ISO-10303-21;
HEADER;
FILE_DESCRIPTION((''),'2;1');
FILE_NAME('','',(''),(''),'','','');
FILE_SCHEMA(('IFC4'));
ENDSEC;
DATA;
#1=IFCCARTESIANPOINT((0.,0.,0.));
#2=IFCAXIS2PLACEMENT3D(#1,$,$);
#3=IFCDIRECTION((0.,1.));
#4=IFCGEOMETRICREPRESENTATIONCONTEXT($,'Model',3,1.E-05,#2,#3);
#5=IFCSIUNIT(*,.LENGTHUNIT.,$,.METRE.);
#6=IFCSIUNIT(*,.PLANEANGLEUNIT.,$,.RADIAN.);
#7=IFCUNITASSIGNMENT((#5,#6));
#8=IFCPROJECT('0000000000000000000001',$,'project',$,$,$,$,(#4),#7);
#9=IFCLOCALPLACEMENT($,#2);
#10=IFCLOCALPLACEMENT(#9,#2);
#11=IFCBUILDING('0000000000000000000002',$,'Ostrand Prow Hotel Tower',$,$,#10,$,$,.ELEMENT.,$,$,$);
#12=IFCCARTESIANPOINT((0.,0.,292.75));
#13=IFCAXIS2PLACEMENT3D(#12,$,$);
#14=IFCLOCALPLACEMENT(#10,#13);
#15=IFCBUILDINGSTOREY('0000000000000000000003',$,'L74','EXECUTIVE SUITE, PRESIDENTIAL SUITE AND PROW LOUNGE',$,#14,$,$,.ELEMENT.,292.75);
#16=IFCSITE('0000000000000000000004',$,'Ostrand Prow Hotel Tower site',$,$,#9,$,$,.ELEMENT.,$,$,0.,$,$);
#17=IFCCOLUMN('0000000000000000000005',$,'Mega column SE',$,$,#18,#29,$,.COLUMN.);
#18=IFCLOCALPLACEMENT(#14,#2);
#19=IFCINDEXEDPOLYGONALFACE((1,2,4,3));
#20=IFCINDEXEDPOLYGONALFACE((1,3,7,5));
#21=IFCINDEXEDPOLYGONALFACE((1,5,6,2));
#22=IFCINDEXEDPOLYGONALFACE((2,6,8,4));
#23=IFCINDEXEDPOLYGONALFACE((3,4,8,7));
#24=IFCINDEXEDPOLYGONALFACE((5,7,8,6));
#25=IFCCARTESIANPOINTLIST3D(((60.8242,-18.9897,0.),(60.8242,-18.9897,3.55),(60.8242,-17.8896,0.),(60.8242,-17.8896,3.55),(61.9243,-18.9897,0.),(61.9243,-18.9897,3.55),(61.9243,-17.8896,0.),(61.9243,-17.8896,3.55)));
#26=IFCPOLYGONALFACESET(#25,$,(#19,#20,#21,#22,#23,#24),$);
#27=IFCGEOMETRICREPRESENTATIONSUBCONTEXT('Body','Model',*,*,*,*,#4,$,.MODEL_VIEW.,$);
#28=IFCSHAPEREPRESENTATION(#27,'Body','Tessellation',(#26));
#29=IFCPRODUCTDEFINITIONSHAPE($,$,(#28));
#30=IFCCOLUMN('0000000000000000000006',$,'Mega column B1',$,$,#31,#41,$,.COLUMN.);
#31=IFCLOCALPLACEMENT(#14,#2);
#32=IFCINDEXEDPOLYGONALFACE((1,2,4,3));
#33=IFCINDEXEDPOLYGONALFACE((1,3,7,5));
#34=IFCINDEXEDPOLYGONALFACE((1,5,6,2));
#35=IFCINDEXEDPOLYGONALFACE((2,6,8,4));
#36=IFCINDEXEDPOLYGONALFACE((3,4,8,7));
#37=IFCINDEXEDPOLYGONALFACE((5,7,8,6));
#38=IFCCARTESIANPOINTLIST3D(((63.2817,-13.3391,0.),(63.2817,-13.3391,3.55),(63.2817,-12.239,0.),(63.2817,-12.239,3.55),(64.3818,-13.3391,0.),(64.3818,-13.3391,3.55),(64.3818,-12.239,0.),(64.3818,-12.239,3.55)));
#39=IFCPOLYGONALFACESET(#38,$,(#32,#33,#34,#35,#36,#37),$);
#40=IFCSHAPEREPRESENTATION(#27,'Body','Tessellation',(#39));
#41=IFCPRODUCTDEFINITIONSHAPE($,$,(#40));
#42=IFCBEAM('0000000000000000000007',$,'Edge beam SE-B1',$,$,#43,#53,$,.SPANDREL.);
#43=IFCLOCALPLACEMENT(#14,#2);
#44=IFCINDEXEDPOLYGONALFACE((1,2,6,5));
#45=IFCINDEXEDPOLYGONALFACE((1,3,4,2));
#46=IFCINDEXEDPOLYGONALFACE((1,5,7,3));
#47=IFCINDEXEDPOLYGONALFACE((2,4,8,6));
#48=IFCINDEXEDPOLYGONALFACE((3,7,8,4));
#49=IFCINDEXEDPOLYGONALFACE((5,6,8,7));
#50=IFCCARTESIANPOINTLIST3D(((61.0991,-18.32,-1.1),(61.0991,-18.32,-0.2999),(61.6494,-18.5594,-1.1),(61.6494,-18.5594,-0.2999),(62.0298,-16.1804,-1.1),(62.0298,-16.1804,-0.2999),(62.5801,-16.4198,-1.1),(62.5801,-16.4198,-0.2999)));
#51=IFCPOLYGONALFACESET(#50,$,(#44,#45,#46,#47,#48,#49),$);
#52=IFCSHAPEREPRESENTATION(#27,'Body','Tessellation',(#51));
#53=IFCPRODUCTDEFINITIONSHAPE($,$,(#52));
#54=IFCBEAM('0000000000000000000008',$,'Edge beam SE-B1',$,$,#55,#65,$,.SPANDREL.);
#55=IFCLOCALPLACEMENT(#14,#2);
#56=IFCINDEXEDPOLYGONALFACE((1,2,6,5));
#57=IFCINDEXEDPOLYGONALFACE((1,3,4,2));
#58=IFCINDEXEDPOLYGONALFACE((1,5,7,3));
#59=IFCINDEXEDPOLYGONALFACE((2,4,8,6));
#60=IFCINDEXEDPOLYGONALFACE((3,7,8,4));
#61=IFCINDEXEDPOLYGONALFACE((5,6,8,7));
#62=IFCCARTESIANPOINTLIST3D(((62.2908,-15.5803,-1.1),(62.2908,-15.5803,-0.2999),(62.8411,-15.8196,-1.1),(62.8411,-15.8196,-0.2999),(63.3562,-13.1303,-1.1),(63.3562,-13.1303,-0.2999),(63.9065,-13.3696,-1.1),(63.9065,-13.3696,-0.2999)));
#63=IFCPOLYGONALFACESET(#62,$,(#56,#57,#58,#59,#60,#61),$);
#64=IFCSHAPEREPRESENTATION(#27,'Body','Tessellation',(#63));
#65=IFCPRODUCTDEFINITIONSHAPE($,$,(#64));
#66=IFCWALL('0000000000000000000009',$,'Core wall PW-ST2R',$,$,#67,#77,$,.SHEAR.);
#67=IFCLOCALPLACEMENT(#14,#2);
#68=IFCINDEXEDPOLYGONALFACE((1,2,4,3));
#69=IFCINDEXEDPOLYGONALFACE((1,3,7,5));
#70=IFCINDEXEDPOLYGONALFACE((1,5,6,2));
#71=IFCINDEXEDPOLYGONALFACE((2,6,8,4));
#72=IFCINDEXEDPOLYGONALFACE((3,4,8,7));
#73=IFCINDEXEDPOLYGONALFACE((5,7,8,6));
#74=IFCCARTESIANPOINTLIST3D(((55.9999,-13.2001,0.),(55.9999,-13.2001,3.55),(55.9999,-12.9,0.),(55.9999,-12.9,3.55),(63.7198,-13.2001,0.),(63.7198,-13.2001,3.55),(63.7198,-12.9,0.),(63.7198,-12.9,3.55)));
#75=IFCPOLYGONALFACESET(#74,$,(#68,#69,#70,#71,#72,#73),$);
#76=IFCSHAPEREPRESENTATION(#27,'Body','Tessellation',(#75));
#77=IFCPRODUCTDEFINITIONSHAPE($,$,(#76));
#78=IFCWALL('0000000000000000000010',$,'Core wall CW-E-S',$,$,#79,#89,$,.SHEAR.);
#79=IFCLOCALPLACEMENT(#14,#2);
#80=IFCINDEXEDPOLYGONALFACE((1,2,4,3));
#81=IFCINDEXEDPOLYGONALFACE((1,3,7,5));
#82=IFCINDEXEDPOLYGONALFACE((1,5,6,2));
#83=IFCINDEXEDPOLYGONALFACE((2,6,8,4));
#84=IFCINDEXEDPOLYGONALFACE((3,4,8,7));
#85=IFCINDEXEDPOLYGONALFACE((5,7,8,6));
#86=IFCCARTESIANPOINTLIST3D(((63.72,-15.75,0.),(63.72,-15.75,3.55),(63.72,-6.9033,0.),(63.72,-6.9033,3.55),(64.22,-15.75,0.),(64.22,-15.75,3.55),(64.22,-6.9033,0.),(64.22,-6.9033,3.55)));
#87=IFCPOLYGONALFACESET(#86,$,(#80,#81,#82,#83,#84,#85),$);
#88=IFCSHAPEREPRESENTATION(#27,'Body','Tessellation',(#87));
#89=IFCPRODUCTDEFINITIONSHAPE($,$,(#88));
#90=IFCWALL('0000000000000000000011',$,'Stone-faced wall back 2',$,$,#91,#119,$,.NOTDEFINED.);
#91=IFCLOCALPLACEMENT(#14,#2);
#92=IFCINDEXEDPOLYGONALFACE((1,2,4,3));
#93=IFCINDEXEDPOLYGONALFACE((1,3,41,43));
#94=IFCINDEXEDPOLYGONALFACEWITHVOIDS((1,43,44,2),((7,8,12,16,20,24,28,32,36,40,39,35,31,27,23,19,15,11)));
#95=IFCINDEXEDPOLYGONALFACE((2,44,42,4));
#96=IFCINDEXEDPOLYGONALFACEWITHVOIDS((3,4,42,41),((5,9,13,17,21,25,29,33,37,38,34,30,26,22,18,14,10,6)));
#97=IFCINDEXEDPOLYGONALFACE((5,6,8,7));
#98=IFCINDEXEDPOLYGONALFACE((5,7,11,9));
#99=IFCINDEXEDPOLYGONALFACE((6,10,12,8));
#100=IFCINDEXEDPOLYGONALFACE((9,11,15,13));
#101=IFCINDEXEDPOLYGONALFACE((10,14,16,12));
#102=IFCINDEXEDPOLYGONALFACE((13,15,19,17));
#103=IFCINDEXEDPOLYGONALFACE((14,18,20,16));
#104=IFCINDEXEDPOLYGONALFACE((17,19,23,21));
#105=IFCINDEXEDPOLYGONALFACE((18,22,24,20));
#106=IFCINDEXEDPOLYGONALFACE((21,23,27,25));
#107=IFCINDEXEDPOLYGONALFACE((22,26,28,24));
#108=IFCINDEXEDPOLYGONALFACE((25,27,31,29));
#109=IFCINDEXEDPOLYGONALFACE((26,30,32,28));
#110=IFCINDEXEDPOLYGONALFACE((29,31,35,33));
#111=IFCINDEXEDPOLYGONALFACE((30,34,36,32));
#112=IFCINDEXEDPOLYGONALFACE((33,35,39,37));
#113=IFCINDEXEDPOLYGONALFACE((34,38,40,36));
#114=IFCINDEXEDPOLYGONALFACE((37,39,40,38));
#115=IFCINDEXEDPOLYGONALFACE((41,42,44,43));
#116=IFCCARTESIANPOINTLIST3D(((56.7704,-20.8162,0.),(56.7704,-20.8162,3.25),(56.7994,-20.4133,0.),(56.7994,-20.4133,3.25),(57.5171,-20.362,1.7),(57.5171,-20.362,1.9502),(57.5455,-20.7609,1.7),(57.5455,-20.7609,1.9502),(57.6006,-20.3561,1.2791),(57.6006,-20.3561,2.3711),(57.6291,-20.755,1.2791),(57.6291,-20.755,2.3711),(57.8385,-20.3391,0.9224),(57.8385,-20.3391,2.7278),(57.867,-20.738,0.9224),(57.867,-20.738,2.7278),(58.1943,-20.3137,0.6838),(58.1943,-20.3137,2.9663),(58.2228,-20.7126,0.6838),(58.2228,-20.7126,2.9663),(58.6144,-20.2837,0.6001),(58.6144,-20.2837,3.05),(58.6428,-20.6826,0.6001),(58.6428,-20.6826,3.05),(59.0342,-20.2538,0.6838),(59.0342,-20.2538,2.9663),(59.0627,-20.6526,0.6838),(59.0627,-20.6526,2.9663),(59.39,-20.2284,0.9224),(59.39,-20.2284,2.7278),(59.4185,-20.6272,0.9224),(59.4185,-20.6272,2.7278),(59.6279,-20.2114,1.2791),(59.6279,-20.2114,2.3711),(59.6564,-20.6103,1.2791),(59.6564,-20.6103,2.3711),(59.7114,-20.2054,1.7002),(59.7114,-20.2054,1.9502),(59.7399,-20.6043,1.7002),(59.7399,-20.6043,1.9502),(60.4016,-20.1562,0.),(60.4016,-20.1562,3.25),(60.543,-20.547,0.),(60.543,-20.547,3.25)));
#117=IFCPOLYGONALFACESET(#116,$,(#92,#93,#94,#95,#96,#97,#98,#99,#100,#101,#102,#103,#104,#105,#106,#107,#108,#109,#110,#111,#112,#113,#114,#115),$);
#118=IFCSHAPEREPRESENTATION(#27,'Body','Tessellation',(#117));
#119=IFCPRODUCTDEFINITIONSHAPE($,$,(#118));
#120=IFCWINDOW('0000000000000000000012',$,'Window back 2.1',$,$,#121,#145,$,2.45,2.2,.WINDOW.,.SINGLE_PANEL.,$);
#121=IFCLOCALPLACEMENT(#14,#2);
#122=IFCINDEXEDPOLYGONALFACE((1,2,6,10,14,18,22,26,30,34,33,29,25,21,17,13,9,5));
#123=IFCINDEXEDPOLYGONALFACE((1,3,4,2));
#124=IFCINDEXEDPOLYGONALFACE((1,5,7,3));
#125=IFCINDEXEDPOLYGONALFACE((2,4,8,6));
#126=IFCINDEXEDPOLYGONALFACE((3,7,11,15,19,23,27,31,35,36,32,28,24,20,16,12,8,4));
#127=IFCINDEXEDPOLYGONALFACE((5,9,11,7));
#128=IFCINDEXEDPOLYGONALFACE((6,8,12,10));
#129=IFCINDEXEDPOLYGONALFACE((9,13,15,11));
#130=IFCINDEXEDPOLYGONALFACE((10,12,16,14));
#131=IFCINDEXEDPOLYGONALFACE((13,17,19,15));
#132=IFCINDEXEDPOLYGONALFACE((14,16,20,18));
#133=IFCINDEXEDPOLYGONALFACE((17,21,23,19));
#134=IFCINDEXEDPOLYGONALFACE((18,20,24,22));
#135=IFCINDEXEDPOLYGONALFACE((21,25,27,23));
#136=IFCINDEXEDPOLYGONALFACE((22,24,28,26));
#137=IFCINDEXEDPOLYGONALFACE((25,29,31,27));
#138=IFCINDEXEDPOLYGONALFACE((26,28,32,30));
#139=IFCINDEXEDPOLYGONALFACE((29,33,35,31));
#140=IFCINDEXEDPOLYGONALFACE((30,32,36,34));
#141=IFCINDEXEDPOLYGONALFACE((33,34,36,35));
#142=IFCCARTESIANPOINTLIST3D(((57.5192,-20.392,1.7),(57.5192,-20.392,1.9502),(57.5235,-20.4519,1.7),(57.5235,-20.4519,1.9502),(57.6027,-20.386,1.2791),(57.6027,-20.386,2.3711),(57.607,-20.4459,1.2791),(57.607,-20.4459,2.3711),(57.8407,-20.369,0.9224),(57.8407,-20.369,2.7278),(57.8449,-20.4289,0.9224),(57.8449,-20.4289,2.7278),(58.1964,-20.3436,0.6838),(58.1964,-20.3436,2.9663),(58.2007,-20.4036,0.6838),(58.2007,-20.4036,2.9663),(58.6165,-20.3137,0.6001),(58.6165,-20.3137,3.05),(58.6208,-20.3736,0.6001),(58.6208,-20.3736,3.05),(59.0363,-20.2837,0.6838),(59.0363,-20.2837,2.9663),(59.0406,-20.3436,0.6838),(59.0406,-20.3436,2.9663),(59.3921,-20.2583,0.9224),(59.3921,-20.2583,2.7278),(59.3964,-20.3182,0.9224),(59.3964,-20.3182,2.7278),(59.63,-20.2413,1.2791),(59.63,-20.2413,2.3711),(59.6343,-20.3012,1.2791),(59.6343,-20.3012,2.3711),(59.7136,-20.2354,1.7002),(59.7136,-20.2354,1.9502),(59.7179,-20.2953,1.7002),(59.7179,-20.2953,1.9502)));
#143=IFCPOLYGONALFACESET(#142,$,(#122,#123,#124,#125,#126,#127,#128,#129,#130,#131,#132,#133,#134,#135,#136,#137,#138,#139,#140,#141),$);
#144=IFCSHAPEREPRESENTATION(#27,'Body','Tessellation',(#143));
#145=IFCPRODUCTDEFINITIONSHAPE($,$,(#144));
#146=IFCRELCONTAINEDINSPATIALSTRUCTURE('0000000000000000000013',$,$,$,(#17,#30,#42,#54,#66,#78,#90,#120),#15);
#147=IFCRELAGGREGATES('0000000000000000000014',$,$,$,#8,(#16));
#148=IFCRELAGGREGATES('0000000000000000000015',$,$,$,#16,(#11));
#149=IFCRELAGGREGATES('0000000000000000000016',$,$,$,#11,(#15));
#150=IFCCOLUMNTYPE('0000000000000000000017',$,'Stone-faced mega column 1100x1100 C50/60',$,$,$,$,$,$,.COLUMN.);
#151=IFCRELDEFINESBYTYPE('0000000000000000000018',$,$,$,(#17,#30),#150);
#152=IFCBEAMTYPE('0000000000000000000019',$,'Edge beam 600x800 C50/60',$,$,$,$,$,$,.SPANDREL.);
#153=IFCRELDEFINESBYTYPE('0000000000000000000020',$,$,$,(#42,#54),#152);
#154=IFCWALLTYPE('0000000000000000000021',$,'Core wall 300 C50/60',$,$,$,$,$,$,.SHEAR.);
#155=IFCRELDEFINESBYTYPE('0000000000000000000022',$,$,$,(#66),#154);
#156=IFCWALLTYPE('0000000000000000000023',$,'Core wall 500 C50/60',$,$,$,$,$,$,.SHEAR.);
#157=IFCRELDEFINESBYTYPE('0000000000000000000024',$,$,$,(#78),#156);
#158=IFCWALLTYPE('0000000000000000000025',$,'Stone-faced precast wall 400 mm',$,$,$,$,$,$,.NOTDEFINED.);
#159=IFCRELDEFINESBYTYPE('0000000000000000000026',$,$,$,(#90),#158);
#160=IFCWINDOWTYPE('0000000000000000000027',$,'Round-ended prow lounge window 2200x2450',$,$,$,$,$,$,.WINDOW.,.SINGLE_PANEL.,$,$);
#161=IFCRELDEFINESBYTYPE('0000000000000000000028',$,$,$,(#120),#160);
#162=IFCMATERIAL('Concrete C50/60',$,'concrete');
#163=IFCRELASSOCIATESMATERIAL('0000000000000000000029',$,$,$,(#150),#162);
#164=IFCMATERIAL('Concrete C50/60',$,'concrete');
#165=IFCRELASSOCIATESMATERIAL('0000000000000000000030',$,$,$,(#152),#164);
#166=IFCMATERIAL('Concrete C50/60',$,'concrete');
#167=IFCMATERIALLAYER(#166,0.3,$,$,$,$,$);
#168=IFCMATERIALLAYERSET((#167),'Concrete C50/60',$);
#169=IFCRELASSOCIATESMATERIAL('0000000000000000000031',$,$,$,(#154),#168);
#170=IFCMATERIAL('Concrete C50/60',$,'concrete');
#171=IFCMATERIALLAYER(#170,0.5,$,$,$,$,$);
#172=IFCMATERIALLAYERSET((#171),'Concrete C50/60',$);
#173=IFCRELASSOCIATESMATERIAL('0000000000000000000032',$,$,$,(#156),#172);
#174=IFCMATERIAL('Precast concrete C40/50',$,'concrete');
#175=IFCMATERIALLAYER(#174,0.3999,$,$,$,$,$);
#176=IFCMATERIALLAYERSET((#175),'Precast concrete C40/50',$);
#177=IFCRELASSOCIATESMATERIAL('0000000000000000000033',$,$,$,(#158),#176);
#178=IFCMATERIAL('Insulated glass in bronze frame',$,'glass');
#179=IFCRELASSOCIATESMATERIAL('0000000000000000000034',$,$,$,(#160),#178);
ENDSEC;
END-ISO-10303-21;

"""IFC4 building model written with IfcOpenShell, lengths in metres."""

from ifc_helpers import new_model, si_unit, direction, frame, frame_2d, origin, origin_2d, place, context, subcontext, project, spatial, polyline, rectangle, outline, extrude, material, layer, layer_set, material_profile, profile_set, type_object, element, fill, save


model = new_model("IFC4")

# Units and contexts
model_context = context("Model", 3, precision=1e-05, world=origin(), true_north=direction((0.0, 1.0)))
body_context = subcontext(model_context, "Body", "Model", "MODEL_VIEW")
ifc_project = project(units=[si_unit("LENGTHUNIT", "METRE"), si_unit("PLANEANGLEUNIT", "RADIAN")], contexts=[model_context])

# Site, building, storey
site_placement = place(None, origin())
site = spatial("IfcSite", under=ifc_project, at=site_placement, Name="Ostrand Prow Hotel Tower site", CompositionType="ELEMENT", RefElevation=0.0)
building_placement = place(site_placement, origin())
building = spatial("IfcBuilding", under=site, at=building_placement, Name="Ostrand Prow Hotel Tower", CompositionType="ELEMENT")
storey_placement = place(building_placement, frame((0.0, 0.0, 292.75)))
storey = spatial("IfcBuildingStorey", under=building, at=storey_placement, Name="L74", Description="EXECUTIVE SUITE, PRESIDENTIAL SUITE AND PROW LOUNGE", CompositionType="ELEMENT", Elevation=292.75)

# Columns
ifc_material_1 = material(Name="Concrete C50/60", Category="concrete")
ifc_material_profile_1 = material_profile(ifc_material_1, rectangle(XDim=1.1001, YDim=1.1001, at=origin_2d()), Name="RC 1100x1100")
ifc_profile_set_1 = profile_set([ifc_material_profile_1], Name="Concrete C50/60")
column_type = type_object("IfcColumnType", Name="Stone-faced mega column 1100x1100 C50/60", PredefinedType="COLUMN", material=ifc_profile_set_1)
for number, where, z_axis, x_axis, name in (
    (1, (61.3743, -18.4397, 0.0), (0.0, 0.0, 1.0), (1.0, 0.0, 0.0), "Mega column SE"),
    (2, (63.8318, -12.7891, 0.0), (0.0, 0.0, 1.0), (1.0, 0.0, 0.0), "Mega column B1"),
):
    element("IfcColumn", number, at=place(storey_placement, frame(where, z_axis=z_axis, x_axis=x_axis)), inside=storey, type_object=column_type, Name=name, PredefinedType="COLUMN", context=body_context, shape_type="SweptSolid", body=[
        extrude(rectangle(XDim=1.1001, YDim=1.1001, at=origin_2d()), origin(), (0.0, 0.0, 1.0), 3.55),
    ])

# Beams
ifc_material_2 = material(Name="Concrete C50/60", Category="concrete")
ifc_material_profile_2 = material_profile(ifc_material_2, rectangle(XDim=0.6001, YDim=0.8, at=origin_2d()), Name="RC 600x800")
ifc_profile_set_2 = profile_set([ifc_material_profile_2], Name="Concrete C50/60")
beam_type = type_object("IfcBeamType", Name="Edge beam 600x800 C50/60", PredefinedType="SPANDREL", material=ifc_profile_set_2)
beam_1_placement = place(storey_placement, frame((61.3743, -18.4397, -0.7), z_axis=(0.398864, 0.91701, 0.0), x_axis=(-0.91701, 0.398864, 0.0)))
element("IfcBeam", 3, at=beam_1_placement, inside=storey, type_object=beam_type, Name="Edge beam SE-B1", PredefinedType="SPANDREL", context=body_context, shape_type="SweptSolid", body=[
    extrude(rectangle(XDim=0.6001, YDim=0.8, at=origin_2d()), origin(), (0.0, 0.0, 1.0), 2.3333),
])
beam_2_placement = place(storey_placement, frame((62.5659, -15.7, -0.7), z_axis=(0.3988, 0.917038, 0.0), x_axis=(-0.917038, 0.3988, 0.0)))
element("IfcBeam", 4, at=beam_2_placement, inside=storey, type_object=beam_type, Name="Edge beam SE-B1", PredefinedType="SPANDREL", context=body_context, shape_type="SweptSolid", body=[
    extrude(rectangle(XDim=0.6001, YDim=0.8, at=origin_2d()), origin(), (0.0, 0.0, 1.0), 2.6716),
])

# Walls
ifc_material_3 = material(Name="Concrete C50/60", Category="concrete")
ifc_layer_1 = layer(ifc_material_3, 0.3)
ifc_layer_set_1 = layer_set([ifc_layer_1], Name="Concrete C50/60")
wall_type_1 = type_object("IfcWallType", Name="Core wall 300 C50/60", PredefinedType="SHEAR", material=ifc_layer_set_1)
wall_1_placement = place(storey_placement, frame((56.0, -13.05, 0.0), z_axis=(0.0, 0.0, 1.0), x_axis=(1.0, 0.0, 0.0)))
element("IfcWall", 5, at=wall_1_placement, inside=storey, type_object=wall_type_1, Name="Core wall PW-ST2R", PredefinedType="SHEAR", context=body_context, shape_type="SweptSolid", body=[
    extrude(rectangle(XDim=7.72, YDim=0.3, at=frame_2d((3.8599, 0.0))), origin(), (0.0, 0.0, 1.0), 3.55),
])
ifc_material_4 = material(Name="Concrete C50/60", Category="concrete")
ifc_layer_2 = layer(ifc_material_4, 0.5)
ifc_layer_set_2 = layer_set([ifc_layer_2], Name="Concrete C50/60")
wall_type_2 = type_object("IfcWallType", Name="Core wall 500 C50/60", PredefinedType="SHEAR", material=ifc_layer_set_2)
wall_2_placement = place(storey_placement, frame((63.97, -15.75, 0.0), z_axis=(0.0, 0.0, 1.0), x_axis=(0.0, 1.0, 0.0)))
element("IfcWall", 6, at=wall_2_placement, inside=storey, type_object=wall_type_2, Name="Core wall CW-E-S", PredefinedType="SHEAR", context=body_context, shape_type="SweptSolid", body=[
    extrude(rectangle(XDim=8.8467, YDim=0.5, at=frame_2d((4.4233, 0.0))), origin(), (0.0, 0.0, 1.0), 3.55),
])

# Wall, opening, window
ifc_material_5 = material(Name="Precast concrete C40/50", Category="concrete")
ifc_layer_3 = layer(ifc_material_5, 0.3999)
ifc_layer_set_3 = layer_set([ifc_layer_3], Name="Precast concrete C40/50")
wall_type_3 = type_object("IfcWallType", Name="Stone-faced precast wall 400 mm", PredefinedType="NOTDEFINED", material=ifc_layer_set_3)
wall_3_placement = place(storey_placement, frame((56.7849, -20.6147, 0.0), z_axis=(0.0, 0.0, 1.0), x_axis=(0.997463, 0.071191, 0.0)))
wall_3 = element("IfcWall", 7, at=wall_3_placement, inside=storey, type_object=wall_type_3, Name="Stone-faced wall back 2", PredefinedType="NOTDEFINED", context=body_context, shape_type="SweptSolid", body=[
    extrude(outline(polyline([(-0.0288, -0.2), (3.7534, -0.2), (3.6401, 0.2), (0.0288, 0.2), (-0.0288, -0.2)])), origin(), (0.0, 0.0, 1.0), 3.25),
])
opening_1_placement = place(wall_3_placement, frame((0.7483, 0.0, 0.6001)))
opening_1 = element("IfcOpeningElement", 8, at=opening_1_placement, cuts=wall_3, PredefinedType="OPENING", context=body_context, shape_type="SweptSolid", body=[
    extrude(outline(polyline([(0.0, 1.3501), (0.0837, 1.771), (0.3223, 2.1277), (0.679, 2.3662), (1.1001, 2.45), (1.521, 2.3662), (1.8777, 2.1277), (2.1162, 1.771), (2.2, 1.3501), (2.2, 1.1001), (2.1162, 0.679), (1.8777, 0.3223), (1.521, 0.0837), (1.1001, 0.0), (0.679, 0.0837), (0.3223, 0.3223), (0.0837, 0.679), (0.0, 1.0999), (0.0, 1.3501)])), frame((0.0, 0.21, 0.0), z_axis=(0.0, -1.0, 0.0), x_axis=(1.0, 0.0, 0.0)), (0.0, 0.0, 1.0), 0.4199),
])
ifc_material_6 = material(Name="Insulated glass in bronze frame", Category="glass")
window_type_1 = type_object("IfcWindowType", Name="Round-ended prow lounge window 2200x2450", PartitioningType="SINGLE_PANEL", PredefinedType="WINDOW", material=ifc_material_6)
window_1_placement = place(opening_1_placement, origin())
window_1 = element("IfcWindow", 9, at=window_1_placement, inside=storey, type_object=window_type_1, Name="Window back 2.1", OverallHeight=2.45, OverallWidth=2.2, PartitioningType="SINGLE_PANEL", PredefinedType="WINDOW", context=body_context, shape_type="SweptSolid", body=[
    extrude(outline(polyline([(0.0, 1.3501), (0.0837, 1.771), (0.3223, 2.1277), (0.679, 2.3662), (1.1001, 2.45), (1.521, 2.3662), (1.8777, 2.1277), (2.1162, 1.771), (2.2, 1.3501), (2.2, 1.1001), (2.1162, 0.679), (1.8777, 0.3223), (1.521, 0.0837), (1.1001, 0.0), (0.679, 0.0837), (0.3223, 0.3223), (0.0837, 0.679), (0.0, 1.0999), (0.0, 1.3501)])), frame((0.0, 0.1699, 0.0), z_axis=(0.0, -1.0, 0.0), x_axis=(1.0, 0.0, 0.0)), (0.0, 0.0, 1.0), 0.0601),
])
fill(opening_1, window_1)

save(model, "model.ifc")
